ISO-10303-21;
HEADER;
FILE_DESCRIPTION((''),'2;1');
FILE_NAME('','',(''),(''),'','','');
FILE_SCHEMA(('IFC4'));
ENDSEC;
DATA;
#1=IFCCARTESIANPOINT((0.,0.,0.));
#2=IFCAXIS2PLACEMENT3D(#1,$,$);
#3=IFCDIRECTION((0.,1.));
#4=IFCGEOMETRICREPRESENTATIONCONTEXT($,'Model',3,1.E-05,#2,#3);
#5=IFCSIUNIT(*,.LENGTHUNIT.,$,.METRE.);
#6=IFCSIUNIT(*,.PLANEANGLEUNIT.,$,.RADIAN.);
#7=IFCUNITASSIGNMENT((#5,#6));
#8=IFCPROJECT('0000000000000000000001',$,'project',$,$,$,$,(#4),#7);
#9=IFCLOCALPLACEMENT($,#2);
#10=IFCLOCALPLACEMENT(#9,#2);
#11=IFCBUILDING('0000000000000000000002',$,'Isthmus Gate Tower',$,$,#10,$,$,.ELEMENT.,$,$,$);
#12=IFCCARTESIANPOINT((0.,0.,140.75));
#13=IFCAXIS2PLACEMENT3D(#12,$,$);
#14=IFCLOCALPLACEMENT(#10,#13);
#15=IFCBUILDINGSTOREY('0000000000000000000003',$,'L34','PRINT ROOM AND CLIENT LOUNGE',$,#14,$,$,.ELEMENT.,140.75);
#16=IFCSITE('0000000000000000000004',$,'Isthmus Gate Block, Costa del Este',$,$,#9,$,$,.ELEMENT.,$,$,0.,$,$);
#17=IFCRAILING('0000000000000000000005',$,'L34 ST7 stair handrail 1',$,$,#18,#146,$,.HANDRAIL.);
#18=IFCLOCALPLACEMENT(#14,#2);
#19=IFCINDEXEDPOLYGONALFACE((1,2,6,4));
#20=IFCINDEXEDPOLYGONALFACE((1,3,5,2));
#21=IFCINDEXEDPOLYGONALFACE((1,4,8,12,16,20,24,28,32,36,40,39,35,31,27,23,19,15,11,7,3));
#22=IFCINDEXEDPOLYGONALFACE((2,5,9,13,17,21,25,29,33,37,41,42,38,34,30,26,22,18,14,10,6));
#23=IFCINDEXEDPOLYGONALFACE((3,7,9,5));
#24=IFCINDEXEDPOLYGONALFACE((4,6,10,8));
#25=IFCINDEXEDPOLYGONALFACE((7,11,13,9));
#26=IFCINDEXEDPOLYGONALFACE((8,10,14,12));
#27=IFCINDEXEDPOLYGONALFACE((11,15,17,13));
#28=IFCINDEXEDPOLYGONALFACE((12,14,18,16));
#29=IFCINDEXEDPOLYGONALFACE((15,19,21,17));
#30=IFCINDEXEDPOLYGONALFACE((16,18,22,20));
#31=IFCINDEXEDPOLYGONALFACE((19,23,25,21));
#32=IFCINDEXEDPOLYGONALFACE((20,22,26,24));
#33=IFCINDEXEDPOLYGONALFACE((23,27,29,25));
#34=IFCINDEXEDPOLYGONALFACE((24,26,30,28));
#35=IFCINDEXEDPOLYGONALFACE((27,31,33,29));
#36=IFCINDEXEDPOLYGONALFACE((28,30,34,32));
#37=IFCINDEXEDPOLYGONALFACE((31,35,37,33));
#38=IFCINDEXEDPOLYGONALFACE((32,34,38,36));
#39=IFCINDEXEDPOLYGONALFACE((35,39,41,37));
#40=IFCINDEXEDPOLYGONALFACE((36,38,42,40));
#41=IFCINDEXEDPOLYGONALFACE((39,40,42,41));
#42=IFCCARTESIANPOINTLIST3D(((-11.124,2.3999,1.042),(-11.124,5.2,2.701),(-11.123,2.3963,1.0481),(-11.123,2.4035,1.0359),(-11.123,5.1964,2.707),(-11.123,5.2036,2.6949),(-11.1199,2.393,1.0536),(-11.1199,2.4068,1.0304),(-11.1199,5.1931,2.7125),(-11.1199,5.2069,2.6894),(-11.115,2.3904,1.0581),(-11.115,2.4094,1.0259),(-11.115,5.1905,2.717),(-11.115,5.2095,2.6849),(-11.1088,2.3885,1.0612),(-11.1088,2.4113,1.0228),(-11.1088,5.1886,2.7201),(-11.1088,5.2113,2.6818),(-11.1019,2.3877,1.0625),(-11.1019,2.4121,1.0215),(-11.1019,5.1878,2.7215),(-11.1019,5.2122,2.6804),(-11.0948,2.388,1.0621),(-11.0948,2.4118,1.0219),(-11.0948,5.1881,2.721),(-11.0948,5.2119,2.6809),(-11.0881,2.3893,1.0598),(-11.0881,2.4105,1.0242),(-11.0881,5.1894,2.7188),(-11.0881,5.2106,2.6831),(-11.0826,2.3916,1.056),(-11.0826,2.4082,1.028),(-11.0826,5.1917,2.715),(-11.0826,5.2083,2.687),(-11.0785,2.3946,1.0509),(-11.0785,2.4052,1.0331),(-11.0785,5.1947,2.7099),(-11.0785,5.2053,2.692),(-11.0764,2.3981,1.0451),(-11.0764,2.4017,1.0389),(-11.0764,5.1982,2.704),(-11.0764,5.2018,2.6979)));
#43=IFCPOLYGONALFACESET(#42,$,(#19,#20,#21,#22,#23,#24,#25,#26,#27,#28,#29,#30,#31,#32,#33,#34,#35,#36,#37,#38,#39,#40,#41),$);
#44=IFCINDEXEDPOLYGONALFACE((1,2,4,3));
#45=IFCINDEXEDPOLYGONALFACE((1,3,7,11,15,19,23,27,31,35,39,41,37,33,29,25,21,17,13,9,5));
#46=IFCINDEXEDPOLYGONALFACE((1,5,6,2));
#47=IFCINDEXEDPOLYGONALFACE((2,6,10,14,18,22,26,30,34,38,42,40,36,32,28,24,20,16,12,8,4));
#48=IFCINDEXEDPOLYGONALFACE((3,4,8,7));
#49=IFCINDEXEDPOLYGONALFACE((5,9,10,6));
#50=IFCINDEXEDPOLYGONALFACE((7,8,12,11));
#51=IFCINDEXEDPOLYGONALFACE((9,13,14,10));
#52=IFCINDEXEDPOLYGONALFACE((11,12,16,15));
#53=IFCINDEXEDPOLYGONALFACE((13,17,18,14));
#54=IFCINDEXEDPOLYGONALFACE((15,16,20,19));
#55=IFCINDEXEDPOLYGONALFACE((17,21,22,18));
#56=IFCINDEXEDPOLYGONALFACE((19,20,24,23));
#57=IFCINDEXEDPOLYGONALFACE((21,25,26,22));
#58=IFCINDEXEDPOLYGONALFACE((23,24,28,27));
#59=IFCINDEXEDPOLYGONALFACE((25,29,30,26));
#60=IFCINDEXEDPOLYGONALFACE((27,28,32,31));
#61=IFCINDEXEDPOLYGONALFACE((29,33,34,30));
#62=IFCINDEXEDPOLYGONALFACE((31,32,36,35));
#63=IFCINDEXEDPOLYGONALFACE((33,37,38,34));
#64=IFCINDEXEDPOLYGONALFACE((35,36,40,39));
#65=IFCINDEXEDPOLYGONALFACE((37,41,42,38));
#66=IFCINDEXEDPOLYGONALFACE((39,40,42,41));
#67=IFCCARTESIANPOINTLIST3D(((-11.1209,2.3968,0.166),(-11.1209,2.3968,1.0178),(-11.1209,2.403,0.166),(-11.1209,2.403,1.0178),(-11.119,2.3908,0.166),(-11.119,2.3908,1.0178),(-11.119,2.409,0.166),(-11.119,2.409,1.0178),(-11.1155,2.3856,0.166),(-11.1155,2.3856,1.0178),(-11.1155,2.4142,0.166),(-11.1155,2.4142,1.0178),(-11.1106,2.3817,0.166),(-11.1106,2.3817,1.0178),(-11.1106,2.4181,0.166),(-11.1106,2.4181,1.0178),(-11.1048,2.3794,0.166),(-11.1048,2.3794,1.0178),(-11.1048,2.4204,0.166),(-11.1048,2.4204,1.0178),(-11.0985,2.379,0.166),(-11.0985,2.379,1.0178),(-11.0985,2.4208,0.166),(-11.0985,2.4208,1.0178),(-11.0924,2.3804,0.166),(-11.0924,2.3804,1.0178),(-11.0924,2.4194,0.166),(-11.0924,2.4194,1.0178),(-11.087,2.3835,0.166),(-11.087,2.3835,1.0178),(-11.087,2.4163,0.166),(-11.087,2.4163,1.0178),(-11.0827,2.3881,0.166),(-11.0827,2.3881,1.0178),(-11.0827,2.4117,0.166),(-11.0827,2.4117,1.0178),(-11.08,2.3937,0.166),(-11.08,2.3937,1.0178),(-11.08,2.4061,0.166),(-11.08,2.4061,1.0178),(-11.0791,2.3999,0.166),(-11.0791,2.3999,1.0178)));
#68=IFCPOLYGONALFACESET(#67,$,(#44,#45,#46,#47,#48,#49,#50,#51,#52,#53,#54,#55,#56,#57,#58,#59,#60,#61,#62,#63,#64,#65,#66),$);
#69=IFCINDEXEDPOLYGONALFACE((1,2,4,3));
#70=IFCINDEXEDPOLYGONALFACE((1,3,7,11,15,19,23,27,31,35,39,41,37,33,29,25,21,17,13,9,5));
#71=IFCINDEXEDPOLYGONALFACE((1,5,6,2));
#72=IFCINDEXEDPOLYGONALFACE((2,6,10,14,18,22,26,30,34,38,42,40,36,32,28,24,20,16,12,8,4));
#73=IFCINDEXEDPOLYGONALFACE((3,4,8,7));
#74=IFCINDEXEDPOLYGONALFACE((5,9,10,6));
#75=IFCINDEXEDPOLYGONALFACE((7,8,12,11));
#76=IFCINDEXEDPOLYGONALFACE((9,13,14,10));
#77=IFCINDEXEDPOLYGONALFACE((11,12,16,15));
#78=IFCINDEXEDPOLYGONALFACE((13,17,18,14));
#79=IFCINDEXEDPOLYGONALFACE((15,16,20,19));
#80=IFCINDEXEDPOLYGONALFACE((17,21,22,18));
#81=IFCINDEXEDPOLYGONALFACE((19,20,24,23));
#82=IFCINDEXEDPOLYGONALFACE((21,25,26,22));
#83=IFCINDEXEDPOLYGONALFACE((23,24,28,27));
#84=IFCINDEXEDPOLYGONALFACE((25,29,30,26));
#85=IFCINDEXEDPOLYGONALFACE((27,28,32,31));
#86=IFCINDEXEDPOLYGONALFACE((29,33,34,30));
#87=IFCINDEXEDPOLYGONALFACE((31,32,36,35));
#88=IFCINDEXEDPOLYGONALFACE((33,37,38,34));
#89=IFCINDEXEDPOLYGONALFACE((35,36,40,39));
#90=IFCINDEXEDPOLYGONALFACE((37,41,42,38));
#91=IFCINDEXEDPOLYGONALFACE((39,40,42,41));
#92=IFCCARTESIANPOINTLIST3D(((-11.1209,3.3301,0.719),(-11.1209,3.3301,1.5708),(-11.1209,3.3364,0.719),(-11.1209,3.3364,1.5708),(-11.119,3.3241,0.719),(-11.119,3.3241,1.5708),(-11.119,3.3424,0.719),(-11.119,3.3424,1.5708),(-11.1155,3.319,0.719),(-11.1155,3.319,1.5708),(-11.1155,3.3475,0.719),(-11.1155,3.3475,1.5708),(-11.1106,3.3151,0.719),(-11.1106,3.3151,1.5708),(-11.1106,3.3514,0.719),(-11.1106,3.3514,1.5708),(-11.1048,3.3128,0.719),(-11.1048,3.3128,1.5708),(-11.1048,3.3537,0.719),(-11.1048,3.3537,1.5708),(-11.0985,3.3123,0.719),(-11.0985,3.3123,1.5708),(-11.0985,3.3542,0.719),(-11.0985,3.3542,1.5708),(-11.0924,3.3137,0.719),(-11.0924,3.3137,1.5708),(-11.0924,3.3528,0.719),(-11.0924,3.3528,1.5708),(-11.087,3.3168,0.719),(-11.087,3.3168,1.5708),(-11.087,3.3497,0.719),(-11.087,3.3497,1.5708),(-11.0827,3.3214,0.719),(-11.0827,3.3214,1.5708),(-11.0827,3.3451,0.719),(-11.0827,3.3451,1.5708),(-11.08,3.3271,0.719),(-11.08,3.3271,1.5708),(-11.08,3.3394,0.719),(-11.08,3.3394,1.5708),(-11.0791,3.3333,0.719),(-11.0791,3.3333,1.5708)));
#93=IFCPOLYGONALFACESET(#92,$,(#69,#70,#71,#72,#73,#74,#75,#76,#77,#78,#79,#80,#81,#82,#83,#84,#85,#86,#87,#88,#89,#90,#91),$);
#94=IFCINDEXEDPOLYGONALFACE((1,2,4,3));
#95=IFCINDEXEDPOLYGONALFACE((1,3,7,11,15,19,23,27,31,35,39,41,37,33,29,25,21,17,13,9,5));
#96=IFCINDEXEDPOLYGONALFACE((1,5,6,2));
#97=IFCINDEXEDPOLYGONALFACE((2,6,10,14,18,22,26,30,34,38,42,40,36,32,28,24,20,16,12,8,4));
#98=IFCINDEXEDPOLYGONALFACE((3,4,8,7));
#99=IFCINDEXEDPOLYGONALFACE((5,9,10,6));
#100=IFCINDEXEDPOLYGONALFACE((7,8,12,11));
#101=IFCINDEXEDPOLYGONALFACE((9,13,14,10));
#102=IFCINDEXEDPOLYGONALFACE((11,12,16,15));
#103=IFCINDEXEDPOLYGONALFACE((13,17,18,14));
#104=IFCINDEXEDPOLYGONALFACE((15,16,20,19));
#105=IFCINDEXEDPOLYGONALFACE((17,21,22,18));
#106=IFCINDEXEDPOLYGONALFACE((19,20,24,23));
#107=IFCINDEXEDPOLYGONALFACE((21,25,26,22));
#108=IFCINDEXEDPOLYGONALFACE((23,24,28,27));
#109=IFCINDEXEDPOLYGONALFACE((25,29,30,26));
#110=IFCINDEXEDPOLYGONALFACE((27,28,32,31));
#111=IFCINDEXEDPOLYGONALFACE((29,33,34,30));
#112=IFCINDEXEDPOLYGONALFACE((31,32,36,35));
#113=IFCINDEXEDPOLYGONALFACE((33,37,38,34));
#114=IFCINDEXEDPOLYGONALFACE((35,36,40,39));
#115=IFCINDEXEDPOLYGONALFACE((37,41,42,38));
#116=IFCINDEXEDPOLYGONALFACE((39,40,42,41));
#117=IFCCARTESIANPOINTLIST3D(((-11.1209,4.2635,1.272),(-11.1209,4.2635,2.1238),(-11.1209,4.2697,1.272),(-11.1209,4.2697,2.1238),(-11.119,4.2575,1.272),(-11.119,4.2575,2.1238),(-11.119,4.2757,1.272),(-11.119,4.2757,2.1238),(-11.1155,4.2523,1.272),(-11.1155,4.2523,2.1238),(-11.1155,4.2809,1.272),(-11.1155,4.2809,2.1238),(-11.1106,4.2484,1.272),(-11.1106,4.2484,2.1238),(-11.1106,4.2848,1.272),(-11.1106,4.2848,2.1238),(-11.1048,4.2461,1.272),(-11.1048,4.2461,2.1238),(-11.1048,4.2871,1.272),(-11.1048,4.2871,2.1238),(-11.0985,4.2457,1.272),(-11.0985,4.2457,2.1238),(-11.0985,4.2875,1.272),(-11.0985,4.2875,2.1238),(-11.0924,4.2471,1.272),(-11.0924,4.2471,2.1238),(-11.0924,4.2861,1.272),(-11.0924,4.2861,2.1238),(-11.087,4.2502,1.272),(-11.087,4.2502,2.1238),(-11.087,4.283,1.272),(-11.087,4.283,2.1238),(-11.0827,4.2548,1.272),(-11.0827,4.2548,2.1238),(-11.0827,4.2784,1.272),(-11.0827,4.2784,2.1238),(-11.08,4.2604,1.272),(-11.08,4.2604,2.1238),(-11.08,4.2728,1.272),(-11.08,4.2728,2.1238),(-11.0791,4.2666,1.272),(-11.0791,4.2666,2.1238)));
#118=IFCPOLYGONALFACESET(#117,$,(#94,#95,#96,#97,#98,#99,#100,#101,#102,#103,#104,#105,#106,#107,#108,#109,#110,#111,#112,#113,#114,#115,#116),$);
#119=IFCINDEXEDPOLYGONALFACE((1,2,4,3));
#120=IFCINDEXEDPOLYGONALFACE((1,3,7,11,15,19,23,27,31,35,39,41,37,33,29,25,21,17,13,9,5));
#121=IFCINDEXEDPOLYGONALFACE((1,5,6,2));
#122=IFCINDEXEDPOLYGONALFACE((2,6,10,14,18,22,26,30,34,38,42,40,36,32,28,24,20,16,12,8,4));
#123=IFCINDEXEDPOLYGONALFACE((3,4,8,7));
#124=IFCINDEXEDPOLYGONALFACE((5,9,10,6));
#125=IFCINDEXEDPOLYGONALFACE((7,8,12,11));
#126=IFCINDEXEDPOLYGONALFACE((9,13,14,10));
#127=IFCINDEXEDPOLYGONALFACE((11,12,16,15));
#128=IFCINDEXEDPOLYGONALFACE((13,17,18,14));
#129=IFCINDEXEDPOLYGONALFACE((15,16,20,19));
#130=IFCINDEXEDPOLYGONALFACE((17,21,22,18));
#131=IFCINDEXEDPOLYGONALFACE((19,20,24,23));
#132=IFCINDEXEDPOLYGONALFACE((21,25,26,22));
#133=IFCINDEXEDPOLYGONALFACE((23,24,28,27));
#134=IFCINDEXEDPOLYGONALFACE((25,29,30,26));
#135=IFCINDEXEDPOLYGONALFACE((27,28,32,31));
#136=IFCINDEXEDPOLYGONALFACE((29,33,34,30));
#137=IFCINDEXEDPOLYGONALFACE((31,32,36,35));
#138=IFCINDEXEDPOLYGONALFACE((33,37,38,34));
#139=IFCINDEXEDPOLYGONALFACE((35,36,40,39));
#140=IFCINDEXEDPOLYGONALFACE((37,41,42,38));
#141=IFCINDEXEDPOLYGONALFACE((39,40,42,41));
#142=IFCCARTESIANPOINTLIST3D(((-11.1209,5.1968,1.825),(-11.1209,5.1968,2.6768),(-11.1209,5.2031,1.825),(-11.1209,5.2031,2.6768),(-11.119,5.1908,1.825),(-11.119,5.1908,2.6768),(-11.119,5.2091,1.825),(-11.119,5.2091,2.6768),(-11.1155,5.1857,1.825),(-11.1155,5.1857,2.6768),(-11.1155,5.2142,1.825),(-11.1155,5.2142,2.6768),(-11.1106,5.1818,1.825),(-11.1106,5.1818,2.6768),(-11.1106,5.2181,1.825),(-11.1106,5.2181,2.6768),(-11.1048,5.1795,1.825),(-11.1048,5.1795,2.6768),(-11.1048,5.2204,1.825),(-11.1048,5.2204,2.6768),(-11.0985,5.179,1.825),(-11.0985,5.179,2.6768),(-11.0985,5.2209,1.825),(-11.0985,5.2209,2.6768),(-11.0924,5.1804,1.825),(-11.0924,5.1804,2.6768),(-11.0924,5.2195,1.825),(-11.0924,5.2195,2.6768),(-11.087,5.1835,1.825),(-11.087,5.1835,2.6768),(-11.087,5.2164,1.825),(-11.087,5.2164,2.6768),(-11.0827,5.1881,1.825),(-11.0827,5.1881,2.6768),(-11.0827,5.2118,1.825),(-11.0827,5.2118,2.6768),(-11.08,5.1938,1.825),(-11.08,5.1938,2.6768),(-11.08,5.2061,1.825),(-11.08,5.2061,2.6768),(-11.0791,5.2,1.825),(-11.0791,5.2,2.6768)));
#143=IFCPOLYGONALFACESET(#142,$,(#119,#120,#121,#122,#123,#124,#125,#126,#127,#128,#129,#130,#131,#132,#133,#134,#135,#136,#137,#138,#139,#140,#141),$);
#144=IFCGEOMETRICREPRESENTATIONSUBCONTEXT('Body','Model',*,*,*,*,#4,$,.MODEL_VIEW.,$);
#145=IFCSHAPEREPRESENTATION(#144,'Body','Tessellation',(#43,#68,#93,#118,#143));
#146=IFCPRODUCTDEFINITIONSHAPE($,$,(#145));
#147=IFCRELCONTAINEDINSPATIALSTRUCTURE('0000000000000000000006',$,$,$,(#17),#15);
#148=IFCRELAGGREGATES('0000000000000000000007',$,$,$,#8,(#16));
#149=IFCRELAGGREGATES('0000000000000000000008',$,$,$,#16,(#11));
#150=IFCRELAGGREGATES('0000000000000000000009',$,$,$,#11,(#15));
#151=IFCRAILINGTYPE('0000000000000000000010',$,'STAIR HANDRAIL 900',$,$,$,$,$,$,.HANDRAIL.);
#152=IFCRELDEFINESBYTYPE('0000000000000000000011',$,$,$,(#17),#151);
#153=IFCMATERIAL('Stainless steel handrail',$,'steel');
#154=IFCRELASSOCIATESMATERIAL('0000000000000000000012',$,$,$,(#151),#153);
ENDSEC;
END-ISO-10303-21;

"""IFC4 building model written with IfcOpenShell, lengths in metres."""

from ifc_helpers import new_model, si_unit, direction, frame, origin, origin_2d, place, context, subcontext, project, spatial, circle, extrude, material, type_object, element, save


model = new_model("IFC4")

# Units and contexts
model_context = context("Model", 3, precision=1e-05, world=origin(), true_north=direction((0.0, 1.0)))
body_context = subcontext(model_context, "Body", "Model", "MODEL_VIEW")
ifc_project = project(units=[si_unit("LENGTHUNIT", "METRE"), si_unit("PLANEANGLEUNIT", "RADIAN")], contexts=[model_context])

# Site, building, storey
site_placement = place(None, origin())
site = spatial("IfcSite", under=ifc_project, at=site_placement, Name="Isthmus Gate Block, Costa del Este", CompositionType="ELEMENT", RefElevation=0.0)
building_placement = place(site_placement, origin())
building = spatial("IfcBuilding", under=site, at=building_placement, Name="Isthmus Gate Tower", CompositionType="ELEMENT")
storey_placement = place(building_placement, frame((0.0, 0.0, 140.75)))
storey = spatial("IfcBuildingStorey", under=building, at=storey_placement, Name="L34", Description="PRINT ROOM AND CLIENT LOUNGE", CompositionType="ELEMENT", Elevation=140.75)

# Railing
ifc_material_1 = material(Name="Stainless steel handrail", Category="steel")
railing_type_1 = type_object("IfcRailingType", Name="STAIR HANDRAIL 900", PredefinedType="HANDRAIL", material=ifc_material_1)
railing_1_placement = place(storey_placement, frame((-11.1001, 2.3999, 0.166)))
element("IfcRailing", 1, at=railing_1_placement, inside=storey, type_object=railing_type_1, Name="L34 ST7 stair handrail 1", PredefinedType="HANDRAIL", context=body_context, shape_type="SweptSolid", body=[
    extrude(circle(Radius=0.0239, at=origin_2d()), frame((0.0, 0.0, 0.876), z_axis=(0.0, 0.860339, 0.509722), x_axis=(-1.0, 0.0, 0.0)), (0.0, 0.0, 1.0), 3.2546),
    extrude(circle(Radius=0.021, at=origin_2d()), origin(), (0.0, 0.0, 1.0), 0.8518),
    extrude(circle(Radius=0.021, at=origin_2d()), frame((0.0, 0.9333, 0.553)), (0.0, 0.0, 1.0), 0.8518),
    extrude(circle(Radius=0.021, at=origin_2d()), frame((0.0, 1.8667, 1.106)), (0.0, 0.0, 1.0), 0.8518),
    extrude(circle(Radius=0.021, at=origin_2d()), frame((0.0, 2.8, 1.6589)), (0.0, 0.0, 1.0), 0.8518),
])

save(model, "model.ifc")
